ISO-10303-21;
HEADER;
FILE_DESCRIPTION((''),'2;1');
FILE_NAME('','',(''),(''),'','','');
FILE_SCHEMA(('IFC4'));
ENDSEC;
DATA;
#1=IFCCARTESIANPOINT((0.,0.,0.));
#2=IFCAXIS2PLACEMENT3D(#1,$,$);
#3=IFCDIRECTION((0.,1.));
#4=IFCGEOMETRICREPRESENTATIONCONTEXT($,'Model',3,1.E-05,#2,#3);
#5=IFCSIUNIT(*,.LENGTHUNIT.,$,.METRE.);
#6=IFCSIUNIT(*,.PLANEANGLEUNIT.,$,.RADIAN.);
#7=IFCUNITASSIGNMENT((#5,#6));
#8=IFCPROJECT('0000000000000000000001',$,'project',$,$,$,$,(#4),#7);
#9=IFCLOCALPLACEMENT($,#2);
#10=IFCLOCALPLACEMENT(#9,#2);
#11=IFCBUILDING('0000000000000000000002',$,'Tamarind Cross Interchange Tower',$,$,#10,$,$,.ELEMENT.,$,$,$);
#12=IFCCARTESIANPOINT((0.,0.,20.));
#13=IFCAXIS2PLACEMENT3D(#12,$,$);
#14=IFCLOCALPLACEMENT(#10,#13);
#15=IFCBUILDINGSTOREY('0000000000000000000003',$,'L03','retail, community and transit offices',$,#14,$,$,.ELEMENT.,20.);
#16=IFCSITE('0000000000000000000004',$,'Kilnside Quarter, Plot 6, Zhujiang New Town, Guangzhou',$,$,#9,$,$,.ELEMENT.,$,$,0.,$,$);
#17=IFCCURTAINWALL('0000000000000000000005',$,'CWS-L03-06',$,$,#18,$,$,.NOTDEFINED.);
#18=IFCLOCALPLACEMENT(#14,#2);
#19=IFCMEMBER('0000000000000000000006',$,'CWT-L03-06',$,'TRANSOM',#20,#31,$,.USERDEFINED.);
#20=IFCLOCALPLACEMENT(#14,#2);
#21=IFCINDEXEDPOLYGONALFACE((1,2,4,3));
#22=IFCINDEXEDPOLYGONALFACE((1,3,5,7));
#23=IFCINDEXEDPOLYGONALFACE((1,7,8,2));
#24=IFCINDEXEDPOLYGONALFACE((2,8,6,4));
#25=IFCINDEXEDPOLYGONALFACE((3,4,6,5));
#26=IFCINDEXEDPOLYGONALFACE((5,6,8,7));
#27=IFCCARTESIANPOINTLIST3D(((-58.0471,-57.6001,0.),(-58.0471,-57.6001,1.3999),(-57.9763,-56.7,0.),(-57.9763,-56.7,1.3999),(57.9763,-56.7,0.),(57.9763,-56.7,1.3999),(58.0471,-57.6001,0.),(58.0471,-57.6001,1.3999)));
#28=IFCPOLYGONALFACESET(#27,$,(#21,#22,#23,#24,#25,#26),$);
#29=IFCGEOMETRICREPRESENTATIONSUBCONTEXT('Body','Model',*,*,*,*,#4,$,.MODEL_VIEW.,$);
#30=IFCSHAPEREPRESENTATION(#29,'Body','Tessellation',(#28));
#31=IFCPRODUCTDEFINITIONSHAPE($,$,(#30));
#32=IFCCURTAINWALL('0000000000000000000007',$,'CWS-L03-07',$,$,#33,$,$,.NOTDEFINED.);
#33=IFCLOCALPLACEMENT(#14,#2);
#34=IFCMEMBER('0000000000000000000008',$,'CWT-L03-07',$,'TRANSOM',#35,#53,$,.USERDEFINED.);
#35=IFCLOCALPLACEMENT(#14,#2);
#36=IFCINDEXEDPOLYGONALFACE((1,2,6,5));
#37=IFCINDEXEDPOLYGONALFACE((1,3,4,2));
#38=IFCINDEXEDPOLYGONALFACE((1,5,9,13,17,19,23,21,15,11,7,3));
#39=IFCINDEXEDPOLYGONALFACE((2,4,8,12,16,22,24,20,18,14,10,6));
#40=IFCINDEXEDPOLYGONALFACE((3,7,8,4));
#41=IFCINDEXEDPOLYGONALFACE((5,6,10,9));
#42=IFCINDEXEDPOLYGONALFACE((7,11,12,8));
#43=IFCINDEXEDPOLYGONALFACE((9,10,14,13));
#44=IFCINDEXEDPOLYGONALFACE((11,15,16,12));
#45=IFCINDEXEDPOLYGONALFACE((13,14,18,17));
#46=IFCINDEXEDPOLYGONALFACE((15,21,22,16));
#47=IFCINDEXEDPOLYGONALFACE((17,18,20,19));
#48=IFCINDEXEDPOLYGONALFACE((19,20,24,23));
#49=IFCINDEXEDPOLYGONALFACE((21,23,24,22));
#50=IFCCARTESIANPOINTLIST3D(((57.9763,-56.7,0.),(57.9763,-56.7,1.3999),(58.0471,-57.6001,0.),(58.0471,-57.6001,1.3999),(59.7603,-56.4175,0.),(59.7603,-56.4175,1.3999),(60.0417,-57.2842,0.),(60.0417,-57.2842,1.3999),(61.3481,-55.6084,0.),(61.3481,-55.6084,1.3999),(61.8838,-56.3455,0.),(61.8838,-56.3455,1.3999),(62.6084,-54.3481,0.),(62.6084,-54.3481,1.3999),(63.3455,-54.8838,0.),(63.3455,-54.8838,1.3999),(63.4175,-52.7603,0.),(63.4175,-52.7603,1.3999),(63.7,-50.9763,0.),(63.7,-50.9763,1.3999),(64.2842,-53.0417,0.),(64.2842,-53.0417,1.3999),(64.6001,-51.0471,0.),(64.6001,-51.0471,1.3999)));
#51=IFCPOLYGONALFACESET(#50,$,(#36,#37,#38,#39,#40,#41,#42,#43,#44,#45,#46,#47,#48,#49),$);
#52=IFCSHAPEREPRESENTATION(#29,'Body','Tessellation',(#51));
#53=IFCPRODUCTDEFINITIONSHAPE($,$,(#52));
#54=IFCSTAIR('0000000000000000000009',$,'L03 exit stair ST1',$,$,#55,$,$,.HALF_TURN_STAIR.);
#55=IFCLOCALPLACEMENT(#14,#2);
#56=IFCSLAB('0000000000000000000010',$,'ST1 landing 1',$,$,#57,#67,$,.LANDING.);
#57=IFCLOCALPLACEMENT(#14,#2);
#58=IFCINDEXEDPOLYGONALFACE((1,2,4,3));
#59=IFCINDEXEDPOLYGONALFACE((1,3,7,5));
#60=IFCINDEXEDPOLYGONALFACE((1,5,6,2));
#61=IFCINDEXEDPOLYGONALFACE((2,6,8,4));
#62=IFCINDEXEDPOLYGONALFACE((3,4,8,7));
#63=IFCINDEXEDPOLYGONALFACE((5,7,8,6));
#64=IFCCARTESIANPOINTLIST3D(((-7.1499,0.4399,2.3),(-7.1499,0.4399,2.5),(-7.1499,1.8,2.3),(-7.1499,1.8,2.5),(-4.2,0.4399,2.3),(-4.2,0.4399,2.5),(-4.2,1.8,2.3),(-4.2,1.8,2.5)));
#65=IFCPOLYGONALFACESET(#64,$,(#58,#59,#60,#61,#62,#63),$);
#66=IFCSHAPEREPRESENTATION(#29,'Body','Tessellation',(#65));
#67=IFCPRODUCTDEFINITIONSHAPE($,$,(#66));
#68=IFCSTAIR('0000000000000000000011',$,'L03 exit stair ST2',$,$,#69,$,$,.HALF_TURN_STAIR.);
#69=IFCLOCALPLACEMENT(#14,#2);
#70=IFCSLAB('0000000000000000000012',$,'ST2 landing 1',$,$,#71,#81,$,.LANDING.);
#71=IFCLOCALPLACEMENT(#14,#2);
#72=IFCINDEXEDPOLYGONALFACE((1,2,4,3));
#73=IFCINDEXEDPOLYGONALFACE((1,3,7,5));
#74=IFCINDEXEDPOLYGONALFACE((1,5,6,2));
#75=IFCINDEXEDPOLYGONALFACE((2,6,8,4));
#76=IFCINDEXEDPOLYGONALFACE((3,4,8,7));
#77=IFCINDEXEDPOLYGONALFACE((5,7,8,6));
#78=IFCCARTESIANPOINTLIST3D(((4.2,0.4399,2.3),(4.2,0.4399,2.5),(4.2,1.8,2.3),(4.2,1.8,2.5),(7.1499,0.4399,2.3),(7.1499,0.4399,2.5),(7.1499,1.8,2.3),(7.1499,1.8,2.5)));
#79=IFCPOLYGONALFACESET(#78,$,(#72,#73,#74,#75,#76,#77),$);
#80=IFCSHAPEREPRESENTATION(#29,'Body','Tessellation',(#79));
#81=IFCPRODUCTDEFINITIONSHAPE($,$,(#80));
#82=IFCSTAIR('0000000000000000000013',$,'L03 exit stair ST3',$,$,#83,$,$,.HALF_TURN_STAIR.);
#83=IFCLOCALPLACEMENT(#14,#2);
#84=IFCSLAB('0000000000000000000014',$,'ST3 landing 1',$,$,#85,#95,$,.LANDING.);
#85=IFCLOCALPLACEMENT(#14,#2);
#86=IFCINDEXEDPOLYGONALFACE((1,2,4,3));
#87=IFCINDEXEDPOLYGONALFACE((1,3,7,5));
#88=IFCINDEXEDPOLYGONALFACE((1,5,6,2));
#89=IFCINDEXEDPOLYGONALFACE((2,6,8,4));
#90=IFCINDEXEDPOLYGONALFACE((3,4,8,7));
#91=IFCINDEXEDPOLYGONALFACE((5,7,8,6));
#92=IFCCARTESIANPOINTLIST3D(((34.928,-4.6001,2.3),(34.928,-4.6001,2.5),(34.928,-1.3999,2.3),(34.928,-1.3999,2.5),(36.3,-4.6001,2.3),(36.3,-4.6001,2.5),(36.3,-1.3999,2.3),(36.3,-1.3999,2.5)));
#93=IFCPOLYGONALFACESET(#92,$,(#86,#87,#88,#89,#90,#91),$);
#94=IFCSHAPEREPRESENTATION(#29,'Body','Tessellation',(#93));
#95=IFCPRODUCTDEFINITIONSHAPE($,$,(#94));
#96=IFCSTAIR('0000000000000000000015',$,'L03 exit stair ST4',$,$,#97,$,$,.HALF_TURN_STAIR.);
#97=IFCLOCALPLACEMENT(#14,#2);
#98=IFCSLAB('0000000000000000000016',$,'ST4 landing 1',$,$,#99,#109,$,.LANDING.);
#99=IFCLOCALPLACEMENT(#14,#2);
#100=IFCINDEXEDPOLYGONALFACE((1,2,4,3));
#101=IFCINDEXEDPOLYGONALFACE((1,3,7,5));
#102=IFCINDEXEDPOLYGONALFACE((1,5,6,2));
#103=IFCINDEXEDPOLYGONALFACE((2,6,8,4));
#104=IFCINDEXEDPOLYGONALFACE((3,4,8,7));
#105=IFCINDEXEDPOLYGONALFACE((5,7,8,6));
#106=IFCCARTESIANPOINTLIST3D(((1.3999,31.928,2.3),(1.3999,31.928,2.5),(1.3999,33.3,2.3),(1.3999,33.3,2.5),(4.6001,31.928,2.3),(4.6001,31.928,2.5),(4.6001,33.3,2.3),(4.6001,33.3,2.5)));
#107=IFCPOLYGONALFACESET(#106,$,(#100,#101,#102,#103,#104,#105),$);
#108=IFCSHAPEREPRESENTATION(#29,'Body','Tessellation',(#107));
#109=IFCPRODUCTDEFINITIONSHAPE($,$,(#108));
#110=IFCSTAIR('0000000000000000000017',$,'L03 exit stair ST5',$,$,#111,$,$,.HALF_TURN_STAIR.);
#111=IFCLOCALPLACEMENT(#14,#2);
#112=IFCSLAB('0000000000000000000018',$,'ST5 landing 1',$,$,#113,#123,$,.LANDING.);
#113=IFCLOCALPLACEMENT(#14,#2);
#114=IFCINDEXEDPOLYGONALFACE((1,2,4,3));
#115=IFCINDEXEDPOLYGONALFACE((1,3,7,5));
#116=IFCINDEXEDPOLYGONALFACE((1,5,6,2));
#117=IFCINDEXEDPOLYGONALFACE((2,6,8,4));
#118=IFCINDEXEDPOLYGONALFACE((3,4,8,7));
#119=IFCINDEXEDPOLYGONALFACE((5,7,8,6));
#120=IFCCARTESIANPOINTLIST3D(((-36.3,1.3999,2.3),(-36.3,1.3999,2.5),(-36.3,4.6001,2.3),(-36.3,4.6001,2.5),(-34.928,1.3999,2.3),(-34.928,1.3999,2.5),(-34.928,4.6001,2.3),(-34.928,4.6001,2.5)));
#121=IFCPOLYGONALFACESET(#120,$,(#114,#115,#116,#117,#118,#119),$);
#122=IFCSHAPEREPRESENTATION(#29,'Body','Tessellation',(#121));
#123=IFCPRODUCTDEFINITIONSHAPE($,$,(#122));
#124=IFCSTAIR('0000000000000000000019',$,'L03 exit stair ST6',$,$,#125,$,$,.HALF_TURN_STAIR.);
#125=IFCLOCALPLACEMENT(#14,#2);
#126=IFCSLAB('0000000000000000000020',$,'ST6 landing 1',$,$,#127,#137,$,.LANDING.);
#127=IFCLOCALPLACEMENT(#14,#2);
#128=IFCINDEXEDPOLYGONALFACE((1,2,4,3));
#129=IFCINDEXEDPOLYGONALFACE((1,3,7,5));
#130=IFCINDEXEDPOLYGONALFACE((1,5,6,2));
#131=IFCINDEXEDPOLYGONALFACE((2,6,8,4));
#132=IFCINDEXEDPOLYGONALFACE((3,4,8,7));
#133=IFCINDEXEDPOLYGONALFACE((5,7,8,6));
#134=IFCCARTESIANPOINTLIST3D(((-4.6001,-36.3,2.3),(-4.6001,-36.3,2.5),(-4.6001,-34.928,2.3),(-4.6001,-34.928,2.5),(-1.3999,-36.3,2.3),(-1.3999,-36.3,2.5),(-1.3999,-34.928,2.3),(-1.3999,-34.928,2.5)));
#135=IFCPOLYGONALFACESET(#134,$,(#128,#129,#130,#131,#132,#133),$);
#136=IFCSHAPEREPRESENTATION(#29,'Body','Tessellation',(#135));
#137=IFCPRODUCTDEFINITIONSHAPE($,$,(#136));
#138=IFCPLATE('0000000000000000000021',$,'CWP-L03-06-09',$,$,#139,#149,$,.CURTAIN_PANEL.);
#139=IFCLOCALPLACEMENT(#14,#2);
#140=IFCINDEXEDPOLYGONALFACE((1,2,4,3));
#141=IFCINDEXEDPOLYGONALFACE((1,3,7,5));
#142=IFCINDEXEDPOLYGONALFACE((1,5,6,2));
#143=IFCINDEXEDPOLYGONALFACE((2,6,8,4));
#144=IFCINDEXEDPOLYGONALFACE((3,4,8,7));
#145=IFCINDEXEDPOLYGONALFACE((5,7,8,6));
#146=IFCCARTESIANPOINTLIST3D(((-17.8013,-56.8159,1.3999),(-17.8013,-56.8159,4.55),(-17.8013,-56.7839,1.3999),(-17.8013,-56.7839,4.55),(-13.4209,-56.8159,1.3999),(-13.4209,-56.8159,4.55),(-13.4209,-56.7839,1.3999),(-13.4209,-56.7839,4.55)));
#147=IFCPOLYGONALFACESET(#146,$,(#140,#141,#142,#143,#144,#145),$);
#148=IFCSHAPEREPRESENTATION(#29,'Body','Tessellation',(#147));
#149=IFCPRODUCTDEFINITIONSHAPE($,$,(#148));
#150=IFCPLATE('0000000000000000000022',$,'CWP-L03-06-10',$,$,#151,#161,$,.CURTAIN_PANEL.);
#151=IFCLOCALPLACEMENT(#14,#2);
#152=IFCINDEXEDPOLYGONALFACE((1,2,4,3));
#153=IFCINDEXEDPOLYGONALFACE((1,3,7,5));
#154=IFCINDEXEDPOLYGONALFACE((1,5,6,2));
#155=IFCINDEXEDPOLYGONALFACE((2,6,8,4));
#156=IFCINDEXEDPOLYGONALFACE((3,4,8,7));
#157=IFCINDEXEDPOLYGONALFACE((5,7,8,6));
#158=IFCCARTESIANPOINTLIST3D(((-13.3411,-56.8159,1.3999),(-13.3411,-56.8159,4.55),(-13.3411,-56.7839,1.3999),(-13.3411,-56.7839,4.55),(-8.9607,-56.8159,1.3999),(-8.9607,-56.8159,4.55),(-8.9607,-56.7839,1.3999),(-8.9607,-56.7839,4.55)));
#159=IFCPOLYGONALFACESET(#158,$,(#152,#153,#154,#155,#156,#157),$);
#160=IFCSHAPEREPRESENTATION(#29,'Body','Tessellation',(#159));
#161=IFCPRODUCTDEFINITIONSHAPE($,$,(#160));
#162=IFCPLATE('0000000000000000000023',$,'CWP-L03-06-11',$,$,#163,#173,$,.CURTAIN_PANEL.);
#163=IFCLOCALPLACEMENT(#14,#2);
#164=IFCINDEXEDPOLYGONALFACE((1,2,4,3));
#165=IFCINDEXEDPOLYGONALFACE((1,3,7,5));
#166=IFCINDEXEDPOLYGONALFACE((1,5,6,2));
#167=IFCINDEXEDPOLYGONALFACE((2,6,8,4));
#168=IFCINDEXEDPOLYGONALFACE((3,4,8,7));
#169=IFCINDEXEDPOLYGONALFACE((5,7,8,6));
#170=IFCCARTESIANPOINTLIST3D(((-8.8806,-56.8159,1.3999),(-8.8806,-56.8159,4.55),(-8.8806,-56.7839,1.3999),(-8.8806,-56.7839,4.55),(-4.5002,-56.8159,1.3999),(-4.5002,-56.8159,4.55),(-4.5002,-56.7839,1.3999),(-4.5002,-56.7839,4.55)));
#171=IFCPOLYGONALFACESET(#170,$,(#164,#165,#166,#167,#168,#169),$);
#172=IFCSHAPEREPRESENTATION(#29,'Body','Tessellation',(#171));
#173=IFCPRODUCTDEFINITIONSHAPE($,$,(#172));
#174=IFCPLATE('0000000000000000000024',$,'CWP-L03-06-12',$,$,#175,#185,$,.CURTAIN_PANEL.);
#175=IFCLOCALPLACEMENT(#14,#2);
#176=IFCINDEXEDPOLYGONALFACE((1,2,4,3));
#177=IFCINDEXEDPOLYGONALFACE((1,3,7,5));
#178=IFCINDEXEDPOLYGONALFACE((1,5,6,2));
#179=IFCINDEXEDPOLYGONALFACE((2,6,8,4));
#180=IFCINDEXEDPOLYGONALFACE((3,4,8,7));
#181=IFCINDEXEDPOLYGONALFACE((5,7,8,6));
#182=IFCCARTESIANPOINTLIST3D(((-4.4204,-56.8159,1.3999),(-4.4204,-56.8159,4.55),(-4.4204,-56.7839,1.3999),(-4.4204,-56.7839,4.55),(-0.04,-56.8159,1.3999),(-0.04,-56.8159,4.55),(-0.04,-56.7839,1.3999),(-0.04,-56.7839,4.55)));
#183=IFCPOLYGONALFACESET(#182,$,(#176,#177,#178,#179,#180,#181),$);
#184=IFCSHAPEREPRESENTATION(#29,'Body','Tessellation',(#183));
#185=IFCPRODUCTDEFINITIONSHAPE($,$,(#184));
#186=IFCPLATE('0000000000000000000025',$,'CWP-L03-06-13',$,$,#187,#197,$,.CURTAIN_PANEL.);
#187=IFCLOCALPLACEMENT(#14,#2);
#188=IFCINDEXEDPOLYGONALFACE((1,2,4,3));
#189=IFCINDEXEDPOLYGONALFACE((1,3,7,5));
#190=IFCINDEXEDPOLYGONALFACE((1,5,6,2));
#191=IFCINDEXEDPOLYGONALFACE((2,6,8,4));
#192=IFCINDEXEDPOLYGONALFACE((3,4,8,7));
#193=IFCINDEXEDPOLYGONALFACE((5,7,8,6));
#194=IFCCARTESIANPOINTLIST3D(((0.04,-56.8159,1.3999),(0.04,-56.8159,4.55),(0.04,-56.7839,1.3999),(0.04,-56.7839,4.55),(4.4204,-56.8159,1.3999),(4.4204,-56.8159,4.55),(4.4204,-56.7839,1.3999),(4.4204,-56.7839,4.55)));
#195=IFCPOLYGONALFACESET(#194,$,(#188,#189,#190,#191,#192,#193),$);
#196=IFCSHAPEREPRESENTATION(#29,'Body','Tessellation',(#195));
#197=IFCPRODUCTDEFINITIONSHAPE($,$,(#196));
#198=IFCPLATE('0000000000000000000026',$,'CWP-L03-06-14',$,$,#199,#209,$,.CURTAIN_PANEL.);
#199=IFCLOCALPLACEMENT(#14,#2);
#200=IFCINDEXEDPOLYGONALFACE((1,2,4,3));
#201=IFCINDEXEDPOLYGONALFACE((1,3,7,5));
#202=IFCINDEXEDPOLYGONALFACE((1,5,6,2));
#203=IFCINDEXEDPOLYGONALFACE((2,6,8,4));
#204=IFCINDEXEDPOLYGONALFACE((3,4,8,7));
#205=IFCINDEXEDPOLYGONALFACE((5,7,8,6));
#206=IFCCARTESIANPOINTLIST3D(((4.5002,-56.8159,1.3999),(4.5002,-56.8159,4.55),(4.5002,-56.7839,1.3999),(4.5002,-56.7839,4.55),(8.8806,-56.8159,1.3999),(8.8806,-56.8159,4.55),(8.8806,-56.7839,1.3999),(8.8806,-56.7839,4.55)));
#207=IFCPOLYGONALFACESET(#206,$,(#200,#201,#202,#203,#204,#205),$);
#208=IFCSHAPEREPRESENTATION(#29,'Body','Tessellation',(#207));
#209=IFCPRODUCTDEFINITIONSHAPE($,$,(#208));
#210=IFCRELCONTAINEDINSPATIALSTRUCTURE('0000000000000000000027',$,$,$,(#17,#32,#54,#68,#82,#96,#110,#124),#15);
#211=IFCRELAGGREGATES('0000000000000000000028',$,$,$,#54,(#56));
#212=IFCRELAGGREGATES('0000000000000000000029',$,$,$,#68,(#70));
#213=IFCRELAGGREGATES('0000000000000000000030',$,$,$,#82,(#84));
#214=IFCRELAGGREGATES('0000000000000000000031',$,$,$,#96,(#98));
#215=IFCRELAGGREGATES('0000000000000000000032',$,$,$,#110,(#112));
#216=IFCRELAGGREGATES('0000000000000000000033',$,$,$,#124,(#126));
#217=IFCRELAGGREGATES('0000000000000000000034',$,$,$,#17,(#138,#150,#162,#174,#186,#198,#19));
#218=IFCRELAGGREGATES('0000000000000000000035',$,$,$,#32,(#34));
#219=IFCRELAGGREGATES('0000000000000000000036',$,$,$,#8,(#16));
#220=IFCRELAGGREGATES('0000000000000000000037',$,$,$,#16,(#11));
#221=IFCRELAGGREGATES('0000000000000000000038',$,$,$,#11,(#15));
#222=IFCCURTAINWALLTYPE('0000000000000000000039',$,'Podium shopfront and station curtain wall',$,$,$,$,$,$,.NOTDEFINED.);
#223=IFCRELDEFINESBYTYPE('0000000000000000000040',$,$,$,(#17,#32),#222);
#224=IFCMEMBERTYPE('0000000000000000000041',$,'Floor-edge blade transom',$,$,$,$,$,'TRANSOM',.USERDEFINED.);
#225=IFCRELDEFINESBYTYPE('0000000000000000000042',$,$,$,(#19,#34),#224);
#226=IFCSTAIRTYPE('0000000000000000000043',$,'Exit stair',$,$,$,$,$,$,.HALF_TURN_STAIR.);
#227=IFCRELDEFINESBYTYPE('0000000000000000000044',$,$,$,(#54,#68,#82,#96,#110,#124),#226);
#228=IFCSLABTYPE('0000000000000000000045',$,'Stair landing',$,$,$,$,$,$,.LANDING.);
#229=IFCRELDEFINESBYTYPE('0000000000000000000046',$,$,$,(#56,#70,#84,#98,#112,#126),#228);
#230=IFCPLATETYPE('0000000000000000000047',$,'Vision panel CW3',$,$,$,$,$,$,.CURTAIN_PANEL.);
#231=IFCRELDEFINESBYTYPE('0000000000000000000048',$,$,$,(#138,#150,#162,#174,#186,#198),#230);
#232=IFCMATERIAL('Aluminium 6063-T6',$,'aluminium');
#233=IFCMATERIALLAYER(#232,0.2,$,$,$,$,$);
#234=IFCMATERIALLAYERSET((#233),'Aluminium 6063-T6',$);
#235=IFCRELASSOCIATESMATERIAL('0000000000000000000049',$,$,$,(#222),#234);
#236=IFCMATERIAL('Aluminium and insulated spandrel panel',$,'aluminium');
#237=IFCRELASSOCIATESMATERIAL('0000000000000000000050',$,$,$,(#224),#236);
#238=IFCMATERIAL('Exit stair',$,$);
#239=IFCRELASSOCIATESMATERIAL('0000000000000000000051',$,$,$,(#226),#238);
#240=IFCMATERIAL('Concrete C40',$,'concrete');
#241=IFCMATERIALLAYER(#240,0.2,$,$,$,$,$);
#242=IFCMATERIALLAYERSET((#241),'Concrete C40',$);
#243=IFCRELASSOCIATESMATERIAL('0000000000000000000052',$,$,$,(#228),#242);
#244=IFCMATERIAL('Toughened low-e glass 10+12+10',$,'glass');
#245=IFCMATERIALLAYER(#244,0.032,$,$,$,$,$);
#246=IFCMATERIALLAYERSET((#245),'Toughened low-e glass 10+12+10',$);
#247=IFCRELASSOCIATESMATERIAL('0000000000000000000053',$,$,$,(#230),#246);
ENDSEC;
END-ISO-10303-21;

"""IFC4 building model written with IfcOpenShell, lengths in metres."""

from ifc_helpers import new_model, si_unit, direction, frame, origin, place, context, subcontext, project, spatial, polyline, outline, extrude, material, layer, layer_set, type_object, element, aggregate, save


model = new_model("IFC4")

# Units and contexts
model_context = context("Model", 3, precision=1e-05, world=origin(), true_north=direction((0.0, 1.0)))
body_context = subcontext(model_context, "Body", "Model", "MODEL_VIEW")
ifc_project = project(units=[si_unit("LENGTHUNIT", "METRE"), si_unit("PLANEANGLEUNIT", "RADIAN")], contexts=[model_context])

# Site, building, storey
site_placement = place(None, origin())
site = spatial("IfcSite", under=ifc_project, at=site_placement, Name="Kilnside Quarter, Plot 6, Zhujiang New Town, Guangzhou", CompositionType="ELEMENT", RefElevation=0.0)
building_placement = place(site_placement, origin())
building = spatial("IfcBuilding", under=site, at=building_placement, Name="Tamarind Cross Interchange Tower", CompositionType="ELEMENT")
storey_placement = place(building_placement, frame((0.0, 0.0, 20.0)))
storey = spatial("IfcBuildingStorey", under=building, at=storey_placement, Name="L03", Description="retail, community and transit offices", CompositionType="ELEMENT", Elevation=20.0)

# Curtain walls, members
ifc_material_1 = material(Name="Aluminium 6063-T6", Category="aluminium")
ifc_layer_1 = layer(ifc_material_1, 0.2)
ifc_layer_set_1 = layer_set([ifc_layer_1], Name="Aluminium 6063-T6")
curtain_wall_type = type_object("IfcCurtainWallType", Name="Podium shopfront and station curtain wall", PredefinedType="NOTDEFINED", material=ifc_layer_set_1)
curtain_wall_1_placement = place(storey_placement, origin())
curtain_wall_1 = element("IfcCurtainWall", 1, at=curtain_wall_1_placement, inside=storey, type_object=curtain_wall_type, Name="CWS-L03-06", PredefinedType="NOTDEFINED")
ifc_material_2 = material(Name="Aluminium and insulated spandrel panel", Category="aluminium")
member_type = type_object("IfcMemberType", Name="Floor-edge blade transom", ElementType="TRANSOM", PredefinedType="USERDEFINED", material=ifc_material_2)
member_1_placement = place(storey_placement, origin())
member_1 = element("IfcMember", 2, at=member_1_placement, type_object=member_type, Name="CWT-L03-06", ObjectType="TRANSOM", PredefinedType="USERDEFINED", context=body_context, shape_type="SweptSolid", body=[
    extrude(outline(polyline([(-57.9763, -56.7), (57.9763, -56.7), (58.0471, -57.6001), (-58.0471, -57.6001), (-57.9763, -56.7)])), origin(), (0.0, 0.0, 1.0), 1.3999),
])
curtain_wall_2_placement = place(storey_placement, origin())
curtain_wall_2 = element("IfcCurtainWall", 3, at=curtain_wall_2_placement, inside=storey, type_object=curtain_wall_type, Name="CWS-L03-07", PredefinedType="NOTDEFINED")
member_2_placement = place(storey_placement, origin())
member_2 = element("IfcMember", 4, at=member_2_placement, type_object=member_type, Name="CWT-L03-07", ObjectType="TRANSOM", PredefinedType="USERDEFINED", context=body_context, shape_type="SweptSolid", body=[
    extrude(outline(polyline([(57.9763, -56.7), (59.7603, -56.4175), (61.3481, -55.6084), (62.6084, -54.3481), (63.4175, -52.7603), (63.7, -50.9763), (64.6001, -51.0471), (64.2842, -53.0417), (63.3455, -54.8838), (61.8838, -56.3455), (60.0417, -57.2842), (58.0471, -57.6001), (57.9763, -56.7)])), origin(), (0.0, 0.0, 1.0), 1.3999),
])

# Stairs, slabs
ifc_material_3 = material(Name="Exit stair")
stair_type = type_object("IfcStairType", Name="Exit stair", PredefinedType="HALF_TURN_STAIR", material=ifc_material_3)
stair_1_placement = place(storey_placement, origin())
stair_1 = element("IfcStair", 5, at=stair_1_placement, inside=storey, type_object=stair_type, Name="L03 exit stair ST1", PredefinedType="HALF_TURN_STAIR")
ifc_material_4 = material(Name="Concrete C40", Category="concrete")
ifc_layer_2 = layer(ifc_material_4, 0.2)
ifc_layer_set_2 = layer_set([ifc_layer_2], Name="Concrete C40")
slab_type = type_object("IfcSlabType", Name="Stair landing", PredefinedType="LANDING", material=ifc_layer_set_2)
slab_1_placement = place(storey_placement, frame((0.0, 0.0, 2.3)))
slab_1 = element("IfcSlab", 6, at=slab_1_placement, type_object=slab_type, Name="ST1 landing 1", PredefinedType="LANDING", context=body_context, shape_type="SweptSolid", body=[
    extrude(outline(polyline([(-4.2, 0.4399), (-4.2, 1.8), (-7.1499, 1.8), (-7.1499, 0.4399), (-4.2, 0.4399)])), origin(), (0.0, 0.0, 1.0), 0.2),
])
aggregate(stair_1, [slab_1])
stair_2_placement = place(storey_placement, origin())
stair_2 = element("IfcStair", 7, at=stair_2_placement, inside=storey, type_object=stair_type, Name="L03 exit stair ST2", PredefinedType="HALF_TURN_STAIR")
slab_2_placement = place(storey_placement, frame((0.0, 0.0, 2.3)))
slab_2 = element("IfcSlab", 8, at=slab_2_placement, type_object=slab_type, Name="ST2 landing 1", PredefinedType="LANDING", context=body_context, shape_type="SweptSolid", body=[
    extrude(outline(polyline([(7.1499, 0.4399), (7.1499, 1.8), (4.2, 1.8), (4.2, 0.4399), (7.1499, 0.4399)])), origin(), (0.0, 0.0, 1.0), 0.2),
])
aggregate(stair_2, [slab_2])
stair_3_placement = place(storey_placement, origin())
stair_3 = element("IfcStair", 9, at=stair_3_placement, inside=storey, type_object=stair_type, Name="L03 exit stair ST3", PredefinedType="HALF_TURN_STAIR")
slab_3_placement = place(storey_placement, frame((0.0, 0.0, 2.3)))
slab_3 = element("IfcSlab", 10, at=slab_3_placement, type_object=slab_type, Name="ST3 landing 1", PredefinedType="LANDING", context=body_context, shape_type="SweptSolid", body=[
    extrude(outline(polyline([(34.928, -4.6001), (36.3, -4.6001), (36.3, -1.3999), (34.928, -1.3999), (34.928, -4.6001)])), origin(), (0.0, 0.0, 1.0), 0.2),
])
aggregate(stair_3, [slab_3])
stair_4_placement = place(storey_placement, origin())
stair_4 = element("IfcStair", 11, at=stair_4_placement, inside=storey, type_object=stair_type, Name="L03 exit stair ST4", PredefinedType="HALF_TURN_STAIR")
slab_4_placement = place(storey_placement, frame((0.0, 0.0, 2.3)))
slab_4 = element("IfcSlab", 12, at=slab_4_placement, type_object=slab_type, Name="ST4 landing 1", PredefinedType="LANDING", context=body_context, shape_type="SweptSolid", body=[
    extrude(outline(polyline([(4.6001, 31.928), (4.6001, 33.3), (1.3999, 33.3), (1.3999, 31.928), (4.6001, 31.928)])), origin(), (0.0, 0.0, 1.0), 0.2),
])
aggregate(stair_4, [slab_4])
stair_5_placement = place(storey_placement, origin())
stair_5 = element("IfcStair", 13, at=stair_5_placement, inside=storey, type_object=stair_type, Name="L03 exit stair ST5", PredefinedType="HALF_TURN_STAIR")
slab_5_placement = place(storey_placement, frame((0.0, 0.0, 2.3)))
slab_5 = element("IfcSlab", 14, at=slab_5_placement, type_object=slab_type, Name="ST5 landing 1", PredefinedType="LANDING", context=body_context, shape_type="SweptSolid", body=[
    extrude(outline(polyline([(-34.928, 4.6001), (-36.3, 4.6001), (-36.3, 1.3999), (-34.928, 1.3999), (-34.928, 4.6001)])), origin(), (0.0, 0.0, 1.0), 0.2),
])
aggregate(stair_5, [slab_5])
stair_6_placement = place(storey_placement, origin())
stair_6 = element("IfcStair", 15, at=stair_6_placement, inside=storey, type_object=stair_type, Name="L03 exit stair ST6", PredefinedType="HALF_TURN_STAIR")
slab_6_placement = place(storey_placement, frame((0.0, 0.0, 2.3)))
slab_6 = element("IfcSlab", 16, at=slab_6_placement, type_object=slab_type, Name="ST6 landing 1", PredefinedType="LANDING", context=body_context, shape_type="SweptSolid", body=[
    extrude(outline(polyline([(-4.6001, -34.928), (-4.6001, -36.3), (-1.3999, -36.3), (-1.3999, -34.928), (-4.6001, -34.928)])), origin(), (0.0, 0.0, 1.0), 0.2),
])
aggregate(stair_6, [slab_6])

# Plates
ifc_material_5 = material(Name="Toughened low-e glass 10+12+10", Category="glass")
ifc_layer_3 = layer(ifc_material_5, 0.032)
ifc_layer_set_3 = layer_set([ifc_layer_3], Name="Toughened low-e glass 10+12+10")
plate_type = type_object("IfcPlateType", Name="Vision panel CW3", PredefinedType="CURTAIN_PANEL", material=ifc_layer_set_3)
plate_1_placement = place(storey_placement, frame((0.0, 0.0, 1.3999)))
plate_1 = element("IfcPlate", 17, at=plate_1_placement, type_object=plate_type, Name="CWP-L03-06-09", PredefinedType="CURTAIN_PANEL", context=body_context, shape_type="SweptSolid", body=[
    extrude(outline(polyline([(-17.8013, -56.7839), (-13.4209, -56.7839), (-13.4209, -56.8159), (-17.8013, -56.8159), (-17.8013, -56.7839)])), origin(), (0.0, 0.0, 1.0), 3.1501),
])
plate_2_placement = place(storey_placement, frame((0.0, 0.0, 1.3999)))
plate_2 = element("IfcPlate", 18, at=plate_2_placement, type_object=plate_type, Name="CWP-L03-06-10", PredefinedType="CURTAIN_PANEL", context=body_context, shape_type="SweptSolid", body=[
    extrude(outline(polyline([(-13.3411, -56.7839), (-8.9607, -56.7839), (-8.9607, -56.8159), (-13.3411, -56.8159), (-13.3411, -56.7839)])), origin(), (0.0, 0.0, 1.0), 3.1501),
])
plate_3_placement = place(storey_placement, frame((0.0, 0.0, 1.3999)))
plate_3 = element("IfcPlate", 19, at=plate_3_placement, type_object=plate_type, Name="CWP-L03-06-11", PredefinedType="CURTAIN_PANEL", context=body_context, shape_type="SweptSolid", body=[
    extrude(outline(polyline([(-8.8806, -56.7839), (-4.5002, -56.7839), (-4.5002, -56.8159), (-8.8806, -56.8159), (-8.8806, -56.7839)])), origin(), (0.0, 0.0, 1.0), 3.1501),
])
plate_4_placement = place(storey_placement, frame((0.0, 0.0, 1.3999)))
plate_4 = element("IfcPlate", 20, at=plate_4_placement, type_object=plate_type, Name="CWP-L03-06-12", PredefinedType="CURTAIN_PANEL", context=body_context, shape_type="SweptSolid", body=[
    extrude(outline(polyline([(-4.4204, -56.7839), (-0.04, -56.7839), (-0.04, -56.8159), (-4.4204, -56.8159), (-4.4204, -56.7839)])), origin(), (0.0, 0.0, 1.0), 3.1501),
])
plate_5_placement = place(storey_placement, frame((0.0, 0.0, 1.3999)))
plate_5 = element("IfcPlate", 21, at=plate_5_placement, type_object=plate_type, Name="CWP-L03-06-13", PredefinedType="CURTAIN_PANEL", context=body_context, shape_type="SweptSolid", body=[
    extrude(outline(polyline([(0.04, -56.7839), (4.4204, -56.7839), (4.4204, -56.8159), (0.04, -56.8159), (0.04, -56.7839)])), origin(), (0.0, 0.0, 1.0), 3.1501),
])
plate_6_placement = place(storey_placement, frame((0.0, 0.0, 1.3999)))
plate_6 = element("IfcPlate", 22, at=plate_6_placement, type_object=plate_type, Name="CWP-L03-06-14", PredefinedType="CURTAIN_PANEL", context=body_context, shape_type="SweptSolid", body=[
    extrude(outline(polyline([(4.5002, -56.7839), (8.8806, -56.7839), (8.8806, -56.8159), (4.5002, -56.8159), (4.5002, -56.7839)])), origin(), (0.0, 0.0, 1.0), 3.1501),
])
aggregate(curtain_wall_1, [plate_1, plate_2, plate_3, plate_4, plate_5, plate_6, member_1])
aggregate(curtain_wall_2, [member_2])

save(model, "model.ifc")
